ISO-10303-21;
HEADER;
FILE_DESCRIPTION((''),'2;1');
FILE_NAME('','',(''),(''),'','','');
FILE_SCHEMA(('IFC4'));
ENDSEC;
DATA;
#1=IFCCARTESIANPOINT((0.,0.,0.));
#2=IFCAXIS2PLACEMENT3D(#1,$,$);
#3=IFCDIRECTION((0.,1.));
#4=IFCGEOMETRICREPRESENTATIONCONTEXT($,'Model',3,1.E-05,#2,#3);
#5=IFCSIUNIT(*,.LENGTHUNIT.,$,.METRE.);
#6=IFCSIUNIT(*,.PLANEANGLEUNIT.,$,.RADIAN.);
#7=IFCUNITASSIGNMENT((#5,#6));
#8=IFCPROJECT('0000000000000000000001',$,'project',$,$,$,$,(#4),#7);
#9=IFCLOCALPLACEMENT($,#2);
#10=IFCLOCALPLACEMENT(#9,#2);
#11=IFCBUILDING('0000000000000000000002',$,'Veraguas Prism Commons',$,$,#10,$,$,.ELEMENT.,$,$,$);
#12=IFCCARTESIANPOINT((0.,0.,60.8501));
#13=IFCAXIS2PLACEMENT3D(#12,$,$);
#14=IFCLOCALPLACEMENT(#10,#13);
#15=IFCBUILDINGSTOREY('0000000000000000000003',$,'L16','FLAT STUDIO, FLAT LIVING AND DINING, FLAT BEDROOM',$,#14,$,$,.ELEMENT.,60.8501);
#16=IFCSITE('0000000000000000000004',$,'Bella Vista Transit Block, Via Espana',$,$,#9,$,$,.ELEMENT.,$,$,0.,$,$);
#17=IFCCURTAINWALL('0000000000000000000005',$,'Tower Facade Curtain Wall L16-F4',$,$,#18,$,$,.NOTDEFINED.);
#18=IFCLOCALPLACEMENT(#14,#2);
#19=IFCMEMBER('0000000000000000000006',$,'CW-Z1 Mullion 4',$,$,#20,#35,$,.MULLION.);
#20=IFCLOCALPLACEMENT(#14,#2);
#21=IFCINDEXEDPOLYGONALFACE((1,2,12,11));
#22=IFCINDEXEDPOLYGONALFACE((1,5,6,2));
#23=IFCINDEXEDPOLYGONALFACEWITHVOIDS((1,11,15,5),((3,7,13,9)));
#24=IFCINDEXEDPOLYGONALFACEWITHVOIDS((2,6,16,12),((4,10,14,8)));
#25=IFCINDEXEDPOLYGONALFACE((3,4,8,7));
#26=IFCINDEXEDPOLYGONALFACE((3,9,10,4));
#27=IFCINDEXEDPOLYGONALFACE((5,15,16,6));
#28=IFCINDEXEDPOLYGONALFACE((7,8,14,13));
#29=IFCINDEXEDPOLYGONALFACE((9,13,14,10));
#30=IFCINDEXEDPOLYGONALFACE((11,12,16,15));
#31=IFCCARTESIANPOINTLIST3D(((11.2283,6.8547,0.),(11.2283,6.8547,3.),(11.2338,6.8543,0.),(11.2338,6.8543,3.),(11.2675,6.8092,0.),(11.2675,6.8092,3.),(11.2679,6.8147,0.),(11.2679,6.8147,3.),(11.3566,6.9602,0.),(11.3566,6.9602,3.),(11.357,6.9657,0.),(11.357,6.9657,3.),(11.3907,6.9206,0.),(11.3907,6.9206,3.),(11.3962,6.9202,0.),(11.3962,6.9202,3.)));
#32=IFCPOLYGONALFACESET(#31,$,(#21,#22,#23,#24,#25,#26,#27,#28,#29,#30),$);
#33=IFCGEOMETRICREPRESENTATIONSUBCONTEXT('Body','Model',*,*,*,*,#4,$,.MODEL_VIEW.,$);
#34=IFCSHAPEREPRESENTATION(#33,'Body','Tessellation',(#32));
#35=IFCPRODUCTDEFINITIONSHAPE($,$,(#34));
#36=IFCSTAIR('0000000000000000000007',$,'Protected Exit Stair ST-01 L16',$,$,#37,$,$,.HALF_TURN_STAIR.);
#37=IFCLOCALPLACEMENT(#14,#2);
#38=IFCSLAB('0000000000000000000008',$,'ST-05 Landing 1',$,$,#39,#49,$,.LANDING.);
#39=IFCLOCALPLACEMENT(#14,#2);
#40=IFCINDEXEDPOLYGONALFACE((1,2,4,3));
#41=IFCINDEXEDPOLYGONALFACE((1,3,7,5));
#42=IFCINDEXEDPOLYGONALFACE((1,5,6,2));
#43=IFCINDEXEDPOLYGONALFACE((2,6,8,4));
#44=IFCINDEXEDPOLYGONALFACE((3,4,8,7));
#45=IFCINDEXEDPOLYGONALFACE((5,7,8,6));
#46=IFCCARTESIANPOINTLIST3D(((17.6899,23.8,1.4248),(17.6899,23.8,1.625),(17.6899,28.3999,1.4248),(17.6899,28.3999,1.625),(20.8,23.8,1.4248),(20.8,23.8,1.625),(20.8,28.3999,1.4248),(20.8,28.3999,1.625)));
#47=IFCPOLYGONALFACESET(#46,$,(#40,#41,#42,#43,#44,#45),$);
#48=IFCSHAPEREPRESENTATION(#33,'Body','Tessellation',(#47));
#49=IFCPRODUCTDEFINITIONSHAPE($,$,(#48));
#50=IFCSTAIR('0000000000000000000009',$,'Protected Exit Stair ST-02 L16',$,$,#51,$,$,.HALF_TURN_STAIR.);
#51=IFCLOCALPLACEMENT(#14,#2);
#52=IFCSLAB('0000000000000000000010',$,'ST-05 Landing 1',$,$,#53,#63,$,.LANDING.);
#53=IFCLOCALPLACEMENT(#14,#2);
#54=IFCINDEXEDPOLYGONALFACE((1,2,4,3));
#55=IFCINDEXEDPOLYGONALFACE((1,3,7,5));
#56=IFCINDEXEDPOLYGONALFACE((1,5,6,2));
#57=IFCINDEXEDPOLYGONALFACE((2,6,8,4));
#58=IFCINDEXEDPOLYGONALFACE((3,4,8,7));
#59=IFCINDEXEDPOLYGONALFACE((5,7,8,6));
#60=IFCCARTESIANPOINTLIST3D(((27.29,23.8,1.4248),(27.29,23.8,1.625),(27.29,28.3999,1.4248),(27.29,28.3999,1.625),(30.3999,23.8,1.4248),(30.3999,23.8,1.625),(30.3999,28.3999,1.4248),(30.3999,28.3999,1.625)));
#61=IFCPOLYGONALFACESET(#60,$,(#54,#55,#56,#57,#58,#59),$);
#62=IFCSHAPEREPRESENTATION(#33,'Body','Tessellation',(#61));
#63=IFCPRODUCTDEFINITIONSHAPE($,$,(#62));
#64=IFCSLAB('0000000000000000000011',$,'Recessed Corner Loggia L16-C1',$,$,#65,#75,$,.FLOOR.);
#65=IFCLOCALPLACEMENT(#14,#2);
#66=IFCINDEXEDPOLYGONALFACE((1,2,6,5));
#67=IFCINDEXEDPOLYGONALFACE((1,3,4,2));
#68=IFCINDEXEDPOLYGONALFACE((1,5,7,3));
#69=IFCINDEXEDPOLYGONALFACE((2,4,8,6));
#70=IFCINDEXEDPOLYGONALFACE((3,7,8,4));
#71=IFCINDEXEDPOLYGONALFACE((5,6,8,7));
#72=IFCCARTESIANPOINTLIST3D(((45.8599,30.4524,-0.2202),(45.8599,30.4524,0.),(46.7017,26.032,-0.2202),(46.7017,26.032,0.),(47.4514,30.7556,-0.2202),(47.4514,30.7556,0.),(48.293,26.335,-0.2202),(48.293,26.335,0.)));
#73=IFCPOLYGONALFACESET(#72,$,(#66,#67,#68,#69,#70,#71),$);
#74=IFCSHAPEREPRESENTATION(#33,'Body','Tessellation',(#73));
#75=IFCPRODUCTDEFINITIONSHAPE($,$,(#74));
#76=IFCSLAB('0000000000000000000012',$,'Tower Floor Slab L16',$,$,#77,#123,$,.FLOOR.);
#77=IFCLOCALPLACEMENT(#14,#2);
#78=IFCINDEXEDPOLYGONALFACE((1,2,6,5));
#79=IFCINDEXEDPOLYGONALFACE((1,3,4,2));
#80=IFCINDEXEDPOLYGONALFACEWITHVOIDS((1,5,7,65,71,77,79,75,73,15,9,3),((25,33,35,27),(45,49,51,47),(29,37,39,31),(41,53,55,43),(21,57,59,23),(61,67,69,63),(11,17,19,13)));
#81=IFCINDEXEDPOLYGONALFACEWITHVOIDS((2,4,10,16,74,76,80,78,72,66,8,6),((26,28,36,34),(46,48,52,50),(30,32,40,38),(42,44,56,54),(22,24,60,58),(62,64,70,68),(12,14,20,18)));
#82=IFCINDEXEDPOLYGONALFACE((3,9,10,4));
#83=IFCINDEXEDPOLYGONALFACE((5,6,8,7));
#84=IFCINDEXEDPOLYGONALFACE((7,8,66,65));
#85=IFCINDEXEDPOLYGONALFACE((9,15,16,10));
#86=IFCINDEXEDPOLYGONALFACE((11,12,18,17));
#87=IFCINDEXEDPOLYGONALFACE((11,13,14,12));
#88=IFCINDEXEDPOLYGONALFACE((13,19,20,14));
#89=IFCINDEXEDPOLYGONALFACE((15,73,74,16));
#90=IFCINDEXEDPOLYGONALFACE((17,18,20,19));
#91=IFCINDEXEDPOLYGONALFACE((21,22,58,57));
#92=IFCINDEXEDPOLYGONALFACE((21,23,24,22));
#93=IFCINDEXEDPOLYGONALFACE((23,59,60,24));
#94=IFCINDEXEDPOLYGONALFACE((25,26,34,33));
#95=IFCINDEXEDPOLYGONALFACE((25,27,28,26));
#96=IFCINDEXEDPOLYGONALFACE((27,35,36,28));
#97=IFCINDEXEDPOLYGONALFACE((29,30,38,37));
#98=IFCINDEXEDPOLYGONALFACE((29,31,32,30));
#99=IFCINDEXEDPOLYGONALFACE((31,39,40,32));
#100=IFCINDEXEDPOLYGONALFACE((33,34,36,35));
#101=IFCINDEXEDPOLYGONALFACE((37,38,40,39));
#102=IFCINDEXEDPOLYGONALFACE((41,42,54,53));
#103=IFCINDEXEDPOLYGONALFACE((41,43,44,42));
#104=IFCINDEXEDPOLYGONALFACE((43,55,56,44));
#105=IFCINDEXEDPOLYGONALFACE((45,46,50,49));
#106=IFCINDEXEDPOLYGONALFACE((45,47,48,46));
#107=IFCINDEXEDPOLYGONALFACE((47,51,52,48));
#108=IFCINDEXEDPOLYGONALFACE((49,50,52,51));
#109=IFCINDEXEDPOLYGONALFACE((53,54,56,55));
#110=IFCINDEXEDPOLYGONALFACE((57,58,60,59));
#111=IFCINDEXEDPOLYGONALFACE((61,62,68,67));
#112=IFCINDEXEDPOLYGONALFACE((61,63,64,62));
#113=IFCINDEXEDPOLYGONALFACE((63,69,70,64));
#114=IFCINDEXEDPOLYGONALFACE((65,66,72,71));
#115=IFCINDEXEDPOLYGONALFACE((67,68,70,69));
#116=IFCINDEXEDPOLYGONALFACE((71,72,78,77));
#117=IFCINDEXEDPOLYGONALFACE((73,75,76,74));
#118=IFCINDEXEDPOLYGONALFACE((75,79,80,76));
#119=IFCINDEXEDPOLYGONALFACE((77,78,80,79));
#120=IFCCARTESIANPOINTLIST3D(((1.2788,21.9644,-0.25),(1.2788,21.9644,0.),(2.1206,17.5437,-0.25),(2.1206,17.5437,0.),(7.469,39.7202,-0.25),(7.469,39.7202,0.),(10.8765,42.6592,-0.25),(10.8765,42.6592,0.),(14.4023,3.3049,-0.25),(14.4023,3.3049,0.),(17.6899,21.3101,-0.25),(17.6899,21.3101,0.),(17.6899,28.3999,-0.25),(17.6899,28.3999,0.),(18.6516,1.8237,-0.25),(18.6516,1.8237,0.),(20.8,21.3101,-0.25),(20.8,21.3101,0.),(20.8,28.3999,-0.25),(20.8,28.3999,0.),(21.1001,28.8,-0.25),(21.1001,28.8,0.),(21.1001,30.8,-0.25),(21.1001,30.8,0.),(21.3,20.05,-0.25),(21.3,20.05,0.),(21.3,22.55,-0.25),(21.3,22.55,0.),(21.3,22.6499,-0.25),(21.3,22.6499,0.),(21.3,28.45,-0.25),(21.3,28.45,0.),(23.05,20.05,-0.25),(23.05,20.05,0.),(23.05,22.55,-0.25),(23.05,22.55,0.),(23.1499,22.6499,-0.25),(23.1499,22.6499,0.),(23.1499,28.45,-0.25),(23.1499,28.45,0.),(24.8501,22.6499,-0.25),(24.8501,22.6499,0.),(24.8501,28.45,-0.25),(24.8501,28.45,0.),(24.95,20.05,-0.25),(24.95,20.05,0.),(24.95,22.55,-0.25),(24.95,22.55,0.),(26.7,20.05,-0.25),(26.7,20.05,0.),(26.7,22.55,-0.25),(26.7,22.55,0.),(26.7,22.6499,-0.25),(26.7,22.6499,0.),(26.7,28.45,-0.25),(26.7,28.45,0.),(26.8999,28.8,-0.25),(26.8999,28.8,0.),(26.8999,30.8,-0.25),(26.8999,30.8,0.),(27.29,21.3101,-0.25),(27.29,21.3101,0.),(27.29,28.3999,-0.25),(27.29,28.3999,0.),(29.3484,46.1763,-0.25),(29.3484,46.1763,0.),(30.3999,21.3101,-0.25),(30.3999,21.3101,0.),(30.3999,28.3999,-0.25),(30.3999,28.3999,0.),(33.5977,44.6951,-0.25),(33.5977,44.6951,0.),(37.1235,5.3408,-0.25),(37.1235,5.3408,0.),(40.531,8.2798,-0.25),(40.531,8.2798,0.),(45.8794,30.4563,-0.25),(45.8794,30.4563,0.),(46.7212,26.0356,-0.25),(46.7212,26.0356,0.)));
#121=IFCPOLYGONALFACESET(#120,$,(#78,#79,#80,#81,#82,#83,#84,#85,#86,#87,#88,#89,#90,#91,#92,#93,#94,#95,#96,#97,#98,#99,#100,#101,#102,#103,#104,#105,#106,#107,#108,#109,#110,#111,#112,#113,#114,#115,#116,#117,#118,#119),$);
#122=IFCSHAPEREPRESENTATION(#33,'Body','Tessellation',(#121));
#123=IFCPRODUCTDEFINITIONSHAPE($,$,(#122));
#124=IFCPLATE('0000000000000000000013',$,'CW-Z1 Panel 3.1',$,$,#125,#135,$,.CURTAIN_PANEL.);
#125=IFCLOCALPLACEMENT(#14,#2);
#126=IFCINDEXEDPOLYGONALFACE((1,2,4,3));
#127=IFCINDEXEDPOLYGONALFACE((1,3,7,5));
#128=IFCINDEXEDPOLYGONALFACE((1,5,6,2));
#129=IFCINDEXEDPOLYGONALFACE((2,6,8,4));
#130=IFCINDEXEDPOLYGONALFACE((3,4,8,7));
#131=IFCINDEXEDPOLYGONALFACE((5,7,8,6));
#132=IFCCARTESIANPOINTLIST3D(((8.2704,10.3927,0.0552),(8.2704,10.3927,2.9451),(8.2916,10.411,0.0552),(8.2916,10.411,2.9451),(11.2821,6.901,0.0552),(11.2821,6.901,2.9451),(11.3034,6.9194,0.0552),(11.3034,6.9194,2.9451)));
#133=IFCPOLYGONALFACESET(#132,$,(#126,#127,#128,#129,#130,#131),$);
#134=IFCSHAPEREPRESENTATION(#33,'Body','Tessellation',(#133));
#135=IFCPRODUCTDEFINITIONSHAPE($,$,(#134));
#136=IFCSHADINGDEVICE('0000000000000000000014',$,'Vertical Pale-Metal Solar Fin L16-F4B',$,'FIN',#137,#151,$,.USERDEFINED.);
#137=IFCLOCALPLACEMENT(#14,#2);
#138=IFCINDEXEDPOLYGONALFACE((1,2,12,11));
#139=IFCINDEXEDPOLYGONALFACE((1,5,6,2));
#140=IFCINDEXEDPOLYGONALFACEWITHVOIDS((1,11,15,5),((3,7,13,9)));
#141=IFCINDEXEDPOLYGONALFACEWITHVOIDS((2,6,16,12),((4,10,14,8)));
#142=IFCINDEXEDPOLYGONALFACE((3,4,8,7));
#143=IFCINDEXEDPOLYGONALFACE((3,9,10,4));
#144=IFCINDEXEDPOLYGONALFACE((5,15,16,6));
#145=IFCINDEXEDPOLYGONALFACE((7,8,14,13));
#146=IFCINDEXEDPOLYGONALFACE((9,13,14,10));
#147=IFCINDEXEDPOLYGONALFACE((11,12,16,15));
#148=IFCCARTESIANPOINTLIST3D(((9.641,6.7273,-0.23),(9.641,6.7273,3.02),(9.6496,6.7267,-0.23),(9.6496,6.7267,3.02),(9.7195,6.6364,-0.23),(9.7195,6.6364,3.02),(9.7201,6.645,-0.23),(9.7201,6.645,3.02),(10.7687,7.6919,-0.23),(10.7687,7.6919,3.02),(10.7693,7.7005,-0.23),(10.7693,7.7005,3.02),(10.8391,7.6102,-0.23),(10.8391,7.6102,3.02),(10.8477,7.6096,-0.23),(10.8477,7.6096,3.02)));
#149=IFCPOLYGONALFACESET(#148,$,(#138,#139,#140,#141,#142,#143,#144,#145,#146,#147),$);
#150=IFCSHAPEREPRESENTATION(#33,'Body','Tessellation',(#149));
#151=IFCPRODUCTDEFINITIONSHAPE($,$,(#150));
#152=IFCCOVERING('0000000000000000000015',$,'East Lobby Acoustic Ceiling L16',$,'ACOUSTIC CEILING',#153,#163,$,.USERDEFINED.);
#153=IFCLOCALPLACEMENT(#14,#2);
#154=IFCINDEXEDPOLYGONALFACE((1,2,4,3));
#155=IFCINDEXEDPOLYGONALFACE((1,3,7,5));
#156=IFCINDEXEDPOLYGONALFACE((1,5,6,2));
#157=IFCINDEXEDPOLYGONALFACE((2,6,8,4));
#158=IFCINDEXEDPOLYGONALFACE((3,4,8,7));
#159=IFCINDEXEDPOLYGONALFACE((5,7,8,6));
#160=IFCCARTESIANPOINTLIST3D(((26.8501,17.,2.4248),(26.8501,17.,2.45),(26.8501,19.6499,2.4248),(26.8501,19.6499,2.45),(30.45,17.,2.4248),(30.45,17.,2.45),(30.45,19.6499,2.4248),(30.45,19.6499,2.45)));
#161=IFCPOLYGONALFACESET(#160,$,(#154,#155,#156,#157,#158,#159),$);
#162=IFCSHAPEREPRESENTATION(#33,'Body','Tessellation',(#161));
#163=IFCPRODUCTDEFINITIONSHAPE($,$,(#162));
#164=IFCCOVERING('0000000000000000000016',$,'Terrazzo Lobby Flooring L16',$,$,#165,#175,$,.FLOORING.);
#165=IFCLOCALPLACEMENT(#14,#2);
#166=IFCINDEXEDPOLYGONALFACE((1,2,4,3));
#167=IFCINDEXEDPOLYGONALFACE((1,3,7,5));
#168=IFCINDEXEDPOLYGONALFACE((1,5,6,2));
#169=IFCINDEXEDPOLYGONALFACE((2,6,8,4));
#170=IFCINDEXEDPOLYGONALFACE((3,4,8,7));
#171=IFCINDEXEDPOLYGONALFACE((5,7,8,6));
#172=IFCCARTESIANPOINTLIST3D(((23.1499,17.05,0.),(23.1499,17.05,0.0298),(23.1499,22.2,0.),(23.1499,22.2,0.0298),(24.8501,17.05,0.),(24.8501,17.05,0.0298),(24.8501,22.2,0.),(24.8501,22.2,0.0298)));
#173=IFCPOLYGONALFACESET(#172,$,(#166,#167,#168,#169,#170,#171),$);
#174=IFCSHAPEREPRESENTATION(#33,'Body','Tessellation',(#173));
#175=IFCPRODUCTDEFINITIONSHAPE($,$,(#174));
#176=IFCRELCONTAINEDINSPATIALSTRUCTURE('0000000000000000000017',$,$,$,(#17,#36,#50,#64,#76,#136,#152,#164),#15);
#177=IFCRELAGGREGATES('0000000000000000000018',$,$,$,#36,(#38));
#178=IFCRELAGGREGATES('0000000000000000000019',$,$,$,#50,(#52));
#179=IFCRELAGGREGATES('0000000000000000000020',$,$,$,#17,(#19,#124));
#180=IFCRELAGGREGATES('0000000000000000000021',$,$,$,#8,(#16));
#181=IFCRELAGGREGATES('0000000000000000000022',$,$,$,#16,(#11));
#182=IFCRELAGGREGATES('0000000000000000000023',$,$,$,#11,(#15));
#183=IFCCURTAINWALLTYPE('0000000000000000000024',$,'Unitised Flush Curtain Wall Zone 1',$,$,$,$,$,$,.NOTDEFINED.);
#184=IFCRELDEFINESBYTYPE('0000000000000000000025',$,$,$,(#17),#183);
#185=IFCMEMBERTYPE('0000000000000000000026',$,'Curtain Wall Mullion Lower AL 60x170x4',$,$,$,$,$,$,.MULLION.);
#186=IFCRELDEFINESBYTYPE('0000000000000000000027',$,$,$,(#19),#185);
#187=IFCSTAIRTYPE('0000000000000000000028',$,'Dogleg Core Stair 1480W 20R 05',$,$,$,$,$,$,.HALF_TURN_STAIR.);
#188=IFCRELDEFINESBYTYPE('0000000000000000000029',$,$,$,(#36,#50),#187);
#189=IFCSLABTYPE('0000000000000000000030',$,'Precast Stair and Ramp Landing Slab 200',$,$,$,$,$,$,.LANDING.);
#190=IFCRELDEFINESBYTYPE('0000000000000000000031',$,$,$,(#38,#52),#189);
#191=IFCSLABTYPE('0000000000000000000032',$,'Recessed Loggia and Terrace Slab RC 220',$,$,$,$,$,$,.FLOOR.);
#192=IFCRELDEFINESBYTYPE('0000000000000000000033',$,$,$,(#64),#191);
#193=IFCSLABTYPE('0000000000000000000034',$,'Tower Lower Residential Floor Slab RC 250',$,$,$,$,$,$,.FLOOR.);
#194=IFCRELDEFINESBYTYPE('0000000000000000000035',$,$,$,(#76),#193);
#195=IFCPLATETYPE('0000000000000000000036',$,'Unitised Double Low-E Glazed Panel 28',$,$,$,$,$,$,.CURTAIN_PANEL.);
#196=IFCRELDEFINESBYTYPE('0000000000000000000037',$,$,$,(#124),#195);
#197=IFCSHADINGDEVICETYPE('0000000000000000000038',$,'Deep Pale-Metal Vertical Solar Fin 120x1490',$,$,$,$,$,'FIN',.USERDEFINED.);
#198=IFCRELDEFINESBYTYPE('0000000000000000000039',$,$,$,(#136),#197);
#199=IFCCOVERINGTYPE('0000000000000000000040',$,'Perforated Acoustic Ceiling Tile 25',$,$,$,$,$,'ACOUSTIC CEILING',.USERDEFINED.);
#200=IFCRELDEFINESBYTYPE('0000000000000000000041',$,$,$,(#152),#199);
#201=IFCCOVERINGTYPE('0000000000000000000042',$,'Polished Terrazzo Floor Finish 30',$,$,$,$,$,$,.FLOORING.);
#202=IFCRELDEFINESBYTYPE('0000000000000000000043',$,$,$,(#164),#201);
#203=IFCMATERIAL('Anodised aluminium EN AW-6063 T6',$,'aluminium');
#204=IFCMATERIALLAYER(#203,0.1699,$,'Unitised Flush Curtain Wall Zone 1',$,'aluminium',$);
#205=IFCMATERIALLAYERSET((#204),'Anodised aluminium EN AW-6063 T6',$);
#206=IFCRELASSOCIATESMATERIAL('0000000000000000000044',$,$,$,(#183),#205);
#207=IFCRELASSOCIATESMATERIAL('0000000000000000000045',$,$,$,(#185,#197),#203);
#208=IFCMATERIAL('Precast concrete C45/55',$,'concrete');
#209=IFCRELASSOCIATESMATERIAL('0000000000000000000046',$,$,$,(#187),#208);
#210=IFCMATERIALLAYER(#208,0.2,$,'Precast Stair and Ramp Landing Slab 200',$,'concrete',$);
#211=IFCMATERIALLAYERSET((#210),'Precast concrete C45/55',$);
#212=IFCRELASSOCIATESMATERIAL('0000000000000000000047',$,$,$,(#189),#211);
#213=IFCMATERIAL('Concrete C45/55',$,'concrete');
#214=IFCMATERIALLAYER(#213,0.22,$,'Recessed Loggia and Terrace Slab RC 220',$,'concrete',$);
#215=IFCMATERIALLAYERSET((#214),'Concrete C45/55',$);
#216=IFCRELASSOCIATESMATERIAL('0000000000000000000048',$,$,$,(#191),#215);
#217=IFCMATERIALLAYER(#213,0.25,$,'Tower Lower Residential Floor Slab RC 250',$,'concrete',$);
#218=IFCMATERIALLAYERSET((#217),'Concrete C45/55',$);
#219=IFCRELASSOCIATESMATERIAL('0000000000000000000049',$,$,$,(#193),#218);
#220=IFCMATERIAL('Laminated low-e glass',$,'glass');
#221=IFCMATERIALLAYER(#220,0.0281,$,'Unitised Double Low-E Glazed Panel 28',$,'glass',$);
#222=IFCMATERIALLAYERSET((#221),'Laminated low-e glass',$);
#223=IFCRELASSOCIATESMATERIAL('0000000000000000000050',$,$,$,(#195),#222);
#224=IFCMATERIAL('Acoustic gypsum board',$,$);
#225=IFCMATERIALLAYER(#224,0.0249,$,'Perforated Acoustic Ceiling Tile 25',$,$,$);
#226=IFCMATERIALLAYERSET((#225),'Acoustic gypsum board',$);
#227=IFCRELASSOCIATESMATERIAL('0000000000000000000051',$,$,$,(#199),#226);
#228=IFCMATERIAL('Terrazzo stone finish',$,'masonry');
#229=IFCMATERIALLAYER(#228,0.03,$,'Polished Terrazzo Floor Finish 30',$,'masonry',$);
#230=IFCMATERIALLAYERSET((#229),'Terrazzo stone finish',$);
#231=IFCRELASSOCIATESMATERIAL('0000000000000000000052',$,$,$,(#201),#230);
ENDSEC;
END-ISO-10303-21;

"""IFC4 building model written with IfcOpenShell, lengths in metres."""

from ifc_helpers import new_model, si_unit, direction, frame, origin, origin_2d, place, context, subcontext, project, spatial, polyline, rectangle, hollow_rectangle, outline, extrude, source, transform, mapped, material, layer, layer_set, material_profile, profile_set, type_object, element, aggregate, save


model = new_model("IFC4")

# Units and contexts
model_context = context("Model", 3, precision=1e-05, world=origin(), true_north=direction((0.0, 1.0)))
body_context = subcontext(model_context, "Body", "Model", "MODEL_VIEW")
ifc_project = project(units=[si_unit("LENGTHUNIT", "METRE"), si_unit("PLANEANGLEUNIT", "RADIAN")], contexts=[model_context])

# Site, building, storey
site_placement = place(None, origin())
site = spatial("IfcSite", under=ifc_project, at=site_placement, Name="Bella Vista Transit Block, Via Espana", CompositionType="ELEMENT", RefElevation=0.0)
building_placement = place(site_placement, origin())
building = spatial("IfcBuilding", under=site, at=building_placement, Name="Veraguas Prism Commons", CompositionType="ELEMENT")
storey_placement = place(building_placement, frame((0.0, 0.0, 60.8501)))
storey = spatial("IfcBuildingStorey", under=building, at=storey_placement, Name="L16", Description="FLAT STUDIO, FLAT LIVING AND DINING, FLAT BEDROOM", CompositionType="ELEMENT", Elevation=60.8501)

# Curtain wall, member
ifc_material_1 = material(Name="Anodised aluminium EN AW-6063 T6", Category="aluminium")
ifc_layer_1 = layer(ifc_material_1, 0.1699, Name="Unitised Flush Curtain Wall Zone 1", Category="aluminium")
ifc_layer_set_1 = layer_set([ifc_layer_1], Name="Anodised aluminium EN AW-6063 T6")
curtain_wall_type = type_object("IfcCurtainWallType", Name="Unitised Flush Curtain Wall Zone 1", PredefinedType="NOTDEFINED", material=ifc_layer_set_1)
curtain_wall_placement = place(storey_placement, origin())
curtain_wall = element("IfcCurtainWall", 1, at=curtain_wall_placement, inside=storey, type_object=curtain_wall_type, Name="Tower Facade Curtain Wall L16-F4", PredefinedType="NOTDEFINED")
ifc_material_profile_1 = material_profile(ifc_material_1, hollow_rectangle(XDim=0.0601, YDim=0.1699, WallThickness=0.0039, at=origin_2d()), Name="AL60X170X4")
ifc_profile_set_1 = profile_set([ifc_material_profile_1], Name="Anodised aluminium EN AW-6063 T6")
member_type = type_object("IfcMemberType", Name="Curtain Wall Mullion Lower AL 60x170x4", PredefinedType="MULLION", material=ifc_profile_set_1)
shared_shape_1 = source(origin(), body_context, "Body", "SweptSolid", [
    extrude(hollow_rectangle(XDim=0.0601, YDim=0.1699, WallThickness=0.0039, at=origin_2d()), origin(), (0.0, 0.0, 1.0), 3.0),
])
member_placement = place(storey_placement, frame((11.3123, 6.8875, 0.0), z_axis=(0.0, 0.0, 1.0), x_axis=(0.65315, -0.757229, 0.0)))
member = element("IfcMember", 2, at=member_placement, type_object=member_type, Name="CW-Z1 Mullion 4", PredefinedType="MULLION", context=body_context, shape_type="MappedRepresentation", body=[
    mapped(shared_shape_1, transform((0.0, 0.0, 0.0), scale=1.0)),
])

# Stairs, slabs
ifc_material_2 = material(Name="Precast concrete C45/55", Category="concrete")
stair_type = type_object("IfcStairType", Name="Dogleg Core Stair 1480W 20R 05", PredefinedType="HALF_TURN_STAIR", material=ifc_material_2)
stair_1_placement = place(storey_placement, origin())
stair_1 = element("IfcStair", 3, at=stair_1_placement, inside=storey, type_object=stair_type, Name="Protected Exit Stair ST-01 L16", PredefinedType="HALF_TURN_STAIR")
ifc_layer_2 = layer(ifc_material_2, 0.2, Name="Precast Stair and Ramp Landing Slab 200", Category="concrete")
ifc_layer_set_2 = layer_set([ifc_layer_2], Name="Precast concrete C45/55")
slab_type_1 = type_object("IfcSlabType", Name="Precast Stair and Ramp Landing Slab 200", PredefinedType="LANDING", material=ifc_layer_set_2)
slab_1_placement = place(storey_placement, frame((0.0, 0.0, 1.4248)))
slab_1 = element("IfcSlab", 4, at=slab_1_placement, type_object=slab_type_1, Name="ST-05 Landing 1", PredefinedType="LANDING", context=body_context, shape_type="SweptSolid", body=[
    extrude(outline(polyline([(20.8, 23.8), (20.8, 28.3999), (17.6899, 28.3999), (17.6899, 23.8), (20.8, 23.8)])), origin(), (0.0, 0.0, 1.0), 0.2002),
])
aggregate(stair_1, [slab_1])
stair_2_placement = place(storey_placement, origin())
stair_2 = element("IfcStair", 5, at=stair_2_placement, inside=storey, type_object=stair_type, Name="Protected Exit Stair ST-02 L16", PredefinedType="HALF_TURN_STAIR")
slab_2_placement = place(storey_placement, frame((0.0, 0.0, 1.4248)))
slab_2 = element("IfcSlab", 6, at=slab_2_placement, type_object=slab_type_1, Name="ST-05 Landing 1", PredefinedType="LANDING", context=body_context, shape_type="SweptSolid", body=[
    extrude(outline(polyline([(30.3999, 23.8), (30.3999, 28.3999), (27.29, 28.3999), (27.29, 23.8), (30.3999, 23.8)])), origin(), (0.0, 0.0, 1.0), 0.2002),
])
aggregate(stair_2, [slab_2])

# Slabs
ifc_material_3 = material(Name="Concrete C45/55", Category="concrete")
ifc_layer_3 = layer(ifc_material_3, 0.22, Name="Recessed Loggia and Terrace Slab RC 220", Category="concrete")
ifc_layer_set_3 = layer_set([ifc_layer_3], Name="Concrete C45/55")
slab_type_2 = type_object("IfcSlabType", Name="Recessed Loggia and Terrace Slab RC 220", PredefinedType="FLOOR", material=ifc_layer_set_3)
slab_3_placement = place(storey_placement, frame((0.0, 0.0, -0.2202)))
element("IfcSlab", 7, at=slab_3_placement, inside=storey, type_object=slab_type_2, Name="Recessed Corner Loggia L16-C1", PredefinedType="FLOOR", context=body_context, shape_type="SweptSolid", body=[
    extrude(outline(polyline([(46.7017, 26.032), (48.293, 26.335), (47.4514, 30.7556), (45.8599, 30.4524), (46.7017, 26.032)])), origin(), (0.0, 0.0, 1.0), 0.2202),
])
ifc_layer_4 = layer(ifc_material_3, 0.25, Name="Tower Lower Residential Floor Slab RC 250", Category="concrete")
ifc_layer_set_4 = layer_set([ifc_layer_4], Name="Concrete C45/55")
slab_type_3 = type_object("IfcSlabType", Name="Tower Lower Residential Floor Slab RC 250", PredefinedType="FLOOR", material=ifc_layer_set_4)
slab_4_placement = place(storey_placement, frame((0.0, 0.0, -0.25)))
element("IfcSlab", 8, at=slab_4_placement, inside=storey, type_object=slab_type_3, Name="Tower Floor Slab L16", PredefinedType="FLOOR", context=body_context, shape_type="SweptSolid", body=[
    extrude(outline(polyline([(46.7212, 26.0356), (45.8794, 30.4563), (33.5977, 44.6951), (29.3484, 46.1763), (10.8765, 42.6592), (7.469, 39.7202), (1.2788, 21.9644), (2.1206, 17.5437), (14.4023, 3.3049), (18.6516, 1.8237), (37.1235, 5.3408), (40.531, 8.2798), (46.7212, 26.0356)]), holes=[polyline([(20.8, 21.3101), (20.8, 28.3999), (17.6899, 28.3999), (17.6899, 21.3101), (20.8, 21.3101)]), polyline([(30.3999, 21.3101), (30.3999, 28.3999), (27.29, 28.3999), (27.29, 21.3101), (30.3999, 21.3101)]), polyline([(21.3, 22.6499), (23.1499, 22.6499), (23.1499, 28.45), (21.3, 28.45), (21.3, 22.6499)]), polyline([(24.8501, 22.6499), (26.7, 22.6499), (26.7, 28.45), (24.8501, 28.45), (24.8501, 22.6499)]), polyline([(21.1001, 28.8), (26.8999, 28.8), (26.8999, 30.8), (21.1001, 30.8), (21.1001, 28.8)]), polyline([(21.3, 20.05), (23.05, 20.05), (23.05, 22.55), (21.3, 22.55), (21.3, 20.05)]), polyline([(24.95, 20.05), (26.7, 20.05), (26.7, 22.55), (24.95, 22.55), (24.95, 20.05)])]), origin(), (0.0, 0.0, 1.0), 0.25),
])

# Plate
ifc_material_4 = material(Name="Laminated low-e glass", Category="glass")
ifc_layer_5 = layer(ifc_material_4, 0.0281, Name="Unitised Double Low-E Glazed Panel 28", Category="glass")
ifc_layer_set_5 = layer_set([ifc_layer_5], Name="Laminated low-e glass")
plate_type = type_object("IfcPlateType", Name="Unitised Double Low-E Glazed Panel 28", PredefinedType="CURTAIN_PANEL", material=ifc_layer_set_5)
shared_shape_2 = source(origin(), body_context, "Body", "SweptSolid", [
    extrude(rectangle(XDim=4.6111, YDim=0.0281, at=origin_2d()), origin(), (0.0, 0.0, 1.0), 2.8899),
])
plate_placement = place(storey_placement, frame((9.7869, 8.656, 0.0552), z_axis=(0.0, 0.0, 1.0), x_axis=(0.65315, -0.757229, 0.0)))
plate = element("IfcPlate", 9, at=plate_placement, type_object=plate_type, Name="CW-Z1 Panel 3.1", PredefinedType="CURTAIN_PANEL", context=body_context, shape_type="MappedRepresentation", body=[
    mapped(shared_shape_2, transform((0.0, 0.0, 0.0), scale=1.0)),
])
aggregate(curtain_wall, [member, plate])

# Shading device
ifc_material_profile_2 = material_profile(ifc_material_1, hollow_rectangle(XDim=0.1201, YDim=1.49, WallThickness=0.0061, at=origin_2d()), Name="FIN120X1490X6")
ifc_profile_set_2 = profile_set([ifc_material_profile_2], Name="Anodised aluminium EN AW-6063 T6")
shading_device_type = type_object("IfcShadingDeviceType", Name="Deep Pale-Metal Vertical Solar Fin 120x1490", ElementType="FIN", PredefinedType="USERDEFINED", material=ifc_profile_set_2)
shading_device_placement = place(storey_placement, frame((10.2444, 7.1685, -0.23), z_axis=(0.0, 0.0, 1.0), x_axis=(0.653152, -0.757227, 0.0)))
element("IfcShadingDevice", 10, at=shading_device_placement, inside=storey, type_object=shading_device_type, Name="Vertical Pale-Metal Solar Fin L16-F4B", ObjectType="FIN", PredefinedType="USERDEFINED", context=body_context, shape_type="SweptSolid", body=[
    extrude(hollow_rectangle(XDim=0.1201, YDim=1.49, WallThickness=0.0061, at=origin_2d()), origin(), (0.0, 0.0, 1.0), 3.25),
])

# Coverings
ifc_material_5 = material(Name="Acoustic gypsum board")
ifc_layer_6 = layer(ifc_material_5, 0.0249, Name="Perforated Acoustic Ceiling Tile 25")
ifc_layer_set_6 = layer_set([ifc_layer_6], Name="Acoustic gypsum board")
covering_type_1 = type_object("IfcCoveringType", Name="Perforated Acoustic Ceiling Tile 25", ElementType="ACOUSTIC CEILING", PredefinedType="USERDEFINED", material=ifc_layer_set_6)
covering_1_placement = place(storey_placement, frame((0.0, 0.0, 2.4248)))
element("IfcCovering", 11, at=covering_1_placement, inside=storey, type_object=covering_type_1, Name="East Lobby Acoustic Ceiling L16", ObjectType="ACOUSTIC CEILING", PredefinedType="USERDEFINED", context=body_context, shape_type="SweptSolid", body=[
    extrude(outline(polyline([(26.8501, 17.0), (30.45, 17.0), (30.45, 19.6499), (26.8501, 19.6499), (26.8501, 17.0)])), origin(), (0.0, 0.0, 1.0), 0.0251),
])
ifc_material_6 = material(Name="Terrazzo stone finish", Category="masonry")
ifc_layer_7 = layer(ifc_material_6, 0.03, Name="Polished Terrazzo Floor Finish 30", Category="masonry")
ifc_layer_set_7 = layer_set([ifc_layer_7], Name="Terrazzo stone finish")
covering_type_2 = type_object("IfcCoveringType", Name="Polished Terrazzo Floor Finish 30", PredefinedType="FLOORING", material=ifc_layer_set_7)
covering_2_placement = place(storey_placement, origin())
element("IfcCovering", 12, at=covering_2_placement, inside=storey, type_object=covering_type_2, Name="Terrazzo Lobby Flooring L16", PredefinedType="FLOORING", context=body_context, shape_type="SweptSolid", body=[
    extrude(outline(polyline([(23.1499, 17.05), (24.8501, 17.05), (24.8501, 22.2), (23.1499, 22.2), (23.1499, 17.05)])), origin(), (0.0, 0.0, 1.0), 0.0298),
])

save(model, "model.ifc")
